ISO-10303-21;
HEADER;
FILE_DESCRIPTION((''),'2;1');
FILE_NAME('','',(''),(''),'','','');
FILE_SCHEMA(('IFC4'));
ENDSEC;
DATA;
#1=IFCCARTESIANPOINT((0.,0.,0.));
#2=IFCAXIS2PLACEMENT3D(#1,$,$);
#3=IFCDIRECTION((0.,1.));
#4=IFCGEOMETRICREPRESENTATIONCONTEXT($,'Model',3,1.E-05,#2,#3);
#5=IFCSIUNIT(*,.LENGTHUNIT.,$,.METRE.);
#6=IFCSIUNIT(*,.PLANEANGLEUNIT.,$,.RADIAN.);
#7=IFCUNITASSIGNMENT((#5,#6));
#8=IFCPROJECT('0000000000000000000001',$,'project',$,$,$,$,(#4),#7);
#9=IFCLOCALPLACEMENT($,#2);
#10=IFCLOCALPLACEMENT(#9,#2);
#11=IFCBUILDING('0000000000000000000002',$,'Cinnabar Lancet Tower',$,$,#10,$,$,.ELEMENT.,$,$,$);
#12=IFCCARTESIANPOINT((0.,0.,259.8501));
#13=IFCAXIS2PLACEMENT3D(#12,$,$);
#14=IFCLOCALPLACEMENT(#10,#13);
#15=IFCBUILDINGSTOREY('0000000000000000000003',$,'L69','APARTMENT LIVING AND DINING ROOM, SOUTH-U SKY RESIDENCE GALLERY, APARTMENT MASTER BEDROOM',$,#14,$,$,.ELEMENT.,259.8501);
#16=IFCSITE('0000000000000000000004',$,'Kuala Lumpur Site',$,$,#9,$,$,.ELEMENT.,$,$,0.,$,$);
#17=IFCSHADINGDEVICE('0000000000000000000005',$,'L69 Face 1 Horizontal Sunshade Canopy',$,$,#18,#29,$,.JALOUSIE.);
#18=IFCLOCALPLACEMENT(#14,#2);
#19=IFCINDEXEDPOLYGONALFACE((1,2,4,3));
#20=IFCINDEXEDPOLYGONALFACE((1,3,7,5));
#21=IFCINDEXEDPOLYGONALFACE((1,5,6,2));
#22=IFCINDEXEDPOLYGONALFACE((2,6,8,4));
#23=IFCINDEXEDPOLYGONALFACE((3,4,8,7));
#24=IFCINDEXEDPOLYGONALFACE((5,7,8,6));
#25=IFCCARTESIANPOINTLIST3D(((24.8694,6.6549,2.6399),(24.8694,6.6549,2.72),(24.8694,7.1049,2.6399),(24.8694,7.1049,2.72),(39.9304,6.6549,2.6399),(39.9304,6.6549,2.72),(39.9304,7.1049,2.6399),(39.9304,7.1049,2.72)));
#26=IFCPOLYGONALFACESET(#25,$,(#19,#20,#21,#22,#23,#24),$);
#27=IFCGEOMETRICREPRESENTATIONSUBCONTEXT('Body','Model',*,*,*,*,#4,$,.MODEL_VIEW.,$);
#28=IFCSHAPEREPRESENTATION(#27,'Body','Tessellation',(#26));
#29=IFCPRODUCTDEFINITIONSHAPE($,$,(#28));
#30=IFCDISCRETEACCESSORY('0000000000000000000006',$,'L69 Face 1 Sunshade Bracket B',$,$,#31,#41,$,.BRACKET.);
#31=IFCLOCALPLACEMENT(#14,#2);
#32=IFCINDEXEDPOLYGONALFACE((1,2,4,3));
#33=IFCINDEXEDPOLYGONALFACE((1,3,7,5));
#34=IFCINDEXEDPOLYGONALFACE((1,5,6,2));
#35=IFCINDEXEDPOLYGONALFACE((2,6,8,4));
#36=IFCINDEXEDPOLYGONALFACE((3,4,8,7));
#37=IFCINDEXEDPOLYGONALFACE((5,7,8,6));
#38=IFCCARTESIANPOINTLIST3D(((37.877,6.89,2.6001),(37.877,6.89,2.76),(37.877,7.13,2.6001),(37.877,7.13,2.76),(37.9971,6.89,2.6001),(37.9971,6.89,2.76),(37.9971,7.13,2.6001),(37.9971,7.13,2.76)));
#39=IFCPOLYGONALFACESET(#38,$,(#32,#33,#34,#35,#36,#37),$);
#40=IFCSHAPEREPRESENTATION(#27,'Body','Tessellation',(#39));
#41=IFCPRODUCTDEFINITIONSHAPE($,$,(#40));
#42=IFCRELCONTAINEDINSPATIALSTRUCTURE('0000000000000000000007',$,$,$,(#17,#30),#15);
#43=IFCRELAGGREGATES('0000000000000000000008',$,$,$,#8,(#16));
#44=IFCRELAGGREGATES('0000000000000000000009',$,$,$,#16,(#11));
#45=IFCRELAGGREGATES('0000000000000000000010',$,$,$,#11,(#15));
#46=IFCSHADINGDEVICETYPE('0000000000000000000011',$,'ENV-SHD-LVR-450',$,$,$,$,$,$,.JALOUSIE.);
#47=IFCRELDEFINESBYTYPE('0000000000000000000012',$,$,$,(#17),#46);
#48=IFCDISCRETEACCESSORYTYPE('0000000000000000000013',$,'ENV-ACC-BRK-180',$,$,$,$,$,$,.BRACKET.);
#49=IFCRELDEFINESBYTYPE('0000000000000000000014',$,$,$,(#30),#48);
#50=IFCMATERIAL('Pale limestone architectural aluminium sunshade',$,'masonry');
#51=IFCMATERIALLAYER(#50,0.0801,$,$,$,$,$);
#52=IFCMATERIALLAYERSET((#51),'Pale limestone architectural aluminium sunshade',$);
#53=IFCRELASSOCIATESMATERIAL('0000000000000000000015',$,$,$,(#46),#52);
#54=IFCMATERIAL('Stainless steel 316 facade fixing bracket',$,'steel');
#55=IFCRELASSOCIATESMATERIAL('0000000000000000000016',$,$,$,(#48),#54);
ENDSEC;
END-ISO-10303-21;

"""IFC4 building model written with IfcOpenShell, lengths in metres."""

from ifc_helpers import new_model, si_unit, direction, frame, origin, origin_2d, place, context, subcontext, project, spatial, rectangle, extrude, material, layer, layer_set, type_object, element, save


model = new_model("IFC4")

# Units and contexts
model_context = context("Model", 3, precision=1e-05, world=origin(), true_north=direction((0.0, 1.0)))
body_context = subcontext(model_context, "Body", "Model", "MODEL_VIEW")
ifc_project = project(units=[si_unit("LENGTHUNIT", "METRE"), si_unit("PLANEANGLEUNIT", "RADIAN")], contexts=[model_context])

# Site, building, storey
site_placement = place(None, origin())
site = spatial("IfcSite", under=ifc_project, at=site_placement, Name="Kuala Lumpur Site", CompositionType="ELEMENT", RefElevation=0.0)
building_placement = place(site_placement, origin())
building = spatial("IfcBuilding", under=site, at=building_placement, Name="Cinnabar Lancet Tower", CompositionType="ELEMENT")
storey_placement = place(building_placement, frame((0.0, 0.0, 259.8501)))
storey = spatial("IfcBuildingStorey", under=building, at=storey_placement, Name="L69", Description="APARTMENT LIVING AND DINING ROOM, SOUTH-U SKY RESIDENCE GALLERY, APARTMENT MASTER BEDROOM", CompositionType="ELEMENT", Elevation=259.8501)

# Shading device
ifc_material_1 = material(Name="Pale limestone architectural aluminium sunshade", Category="masonry")
ifc_layer_1 = layer(ifc_material_1, 0.0801)
ifc_layer_set_1 = layer_set([ifc_layer_1], Name="Pale limestone architectural aluminium sunshade")
shading_device_type = type_object("IfcShadingDeviceType", Name="ENV-SHD-LVR-450", PredefinedType="JALOUSIE", material=ifc_layer_set_1)
shading_device_placement = place(storey_placement, frame((32.3999, 6.8799, 2.6399), z_axis=(0.0, 0.0, 1.0), x_axis=(1.0, 0.0, 0.0)))
element("IfcShadingDevice", 1, at=shading_device_placement, inside=storey, type_object=shading_device_type, Name="L69 Face 1 Horizontal Sunshade Canopy", PredefinedType="JALOUSIE", context=body_context, shape_type="SweptSolid", body=[
    extrude(rectangle(XDim=15.061, YDim=0.45, at=origin_2d()), origin(), (0.0, 0.0, 1.0), 0.0801),
])

# Discrete accessory
ifc_material_2 = material(Name="Stainless steel 316 facade fixing bracket", Category="steel")
discrete_accessory_type = type_object("IfcDiscreteAccessoryType", Name="ENV-ACC-BRK-180", PredefinedType="BRACKET", material=ifc_material_2)
discrete_accessory_placement = place(storey_placement, frame((37.937, 7.01, 2.6001), z_axis=(0.0, 0.0, 1.0), x_axis=(1.0, 0.0, 0.0)))
element("IfcDiscreteAccessory", 2, at=discrete_accessory_placement, inside=storey, type_object=discrete_accessory_type, Name="L69 Face 1 Sunshade Bracket B", PredefinedType="BRACKET", context=body_context, shape_type="SweptSolid", body=[
    extrude(rectangle(XDim=0.1201, YDim=0.24, at=origin_2d()), origin(), (0.0, 0.0, 1.0), 0.1599),
])

save(model, "model.ifc")
